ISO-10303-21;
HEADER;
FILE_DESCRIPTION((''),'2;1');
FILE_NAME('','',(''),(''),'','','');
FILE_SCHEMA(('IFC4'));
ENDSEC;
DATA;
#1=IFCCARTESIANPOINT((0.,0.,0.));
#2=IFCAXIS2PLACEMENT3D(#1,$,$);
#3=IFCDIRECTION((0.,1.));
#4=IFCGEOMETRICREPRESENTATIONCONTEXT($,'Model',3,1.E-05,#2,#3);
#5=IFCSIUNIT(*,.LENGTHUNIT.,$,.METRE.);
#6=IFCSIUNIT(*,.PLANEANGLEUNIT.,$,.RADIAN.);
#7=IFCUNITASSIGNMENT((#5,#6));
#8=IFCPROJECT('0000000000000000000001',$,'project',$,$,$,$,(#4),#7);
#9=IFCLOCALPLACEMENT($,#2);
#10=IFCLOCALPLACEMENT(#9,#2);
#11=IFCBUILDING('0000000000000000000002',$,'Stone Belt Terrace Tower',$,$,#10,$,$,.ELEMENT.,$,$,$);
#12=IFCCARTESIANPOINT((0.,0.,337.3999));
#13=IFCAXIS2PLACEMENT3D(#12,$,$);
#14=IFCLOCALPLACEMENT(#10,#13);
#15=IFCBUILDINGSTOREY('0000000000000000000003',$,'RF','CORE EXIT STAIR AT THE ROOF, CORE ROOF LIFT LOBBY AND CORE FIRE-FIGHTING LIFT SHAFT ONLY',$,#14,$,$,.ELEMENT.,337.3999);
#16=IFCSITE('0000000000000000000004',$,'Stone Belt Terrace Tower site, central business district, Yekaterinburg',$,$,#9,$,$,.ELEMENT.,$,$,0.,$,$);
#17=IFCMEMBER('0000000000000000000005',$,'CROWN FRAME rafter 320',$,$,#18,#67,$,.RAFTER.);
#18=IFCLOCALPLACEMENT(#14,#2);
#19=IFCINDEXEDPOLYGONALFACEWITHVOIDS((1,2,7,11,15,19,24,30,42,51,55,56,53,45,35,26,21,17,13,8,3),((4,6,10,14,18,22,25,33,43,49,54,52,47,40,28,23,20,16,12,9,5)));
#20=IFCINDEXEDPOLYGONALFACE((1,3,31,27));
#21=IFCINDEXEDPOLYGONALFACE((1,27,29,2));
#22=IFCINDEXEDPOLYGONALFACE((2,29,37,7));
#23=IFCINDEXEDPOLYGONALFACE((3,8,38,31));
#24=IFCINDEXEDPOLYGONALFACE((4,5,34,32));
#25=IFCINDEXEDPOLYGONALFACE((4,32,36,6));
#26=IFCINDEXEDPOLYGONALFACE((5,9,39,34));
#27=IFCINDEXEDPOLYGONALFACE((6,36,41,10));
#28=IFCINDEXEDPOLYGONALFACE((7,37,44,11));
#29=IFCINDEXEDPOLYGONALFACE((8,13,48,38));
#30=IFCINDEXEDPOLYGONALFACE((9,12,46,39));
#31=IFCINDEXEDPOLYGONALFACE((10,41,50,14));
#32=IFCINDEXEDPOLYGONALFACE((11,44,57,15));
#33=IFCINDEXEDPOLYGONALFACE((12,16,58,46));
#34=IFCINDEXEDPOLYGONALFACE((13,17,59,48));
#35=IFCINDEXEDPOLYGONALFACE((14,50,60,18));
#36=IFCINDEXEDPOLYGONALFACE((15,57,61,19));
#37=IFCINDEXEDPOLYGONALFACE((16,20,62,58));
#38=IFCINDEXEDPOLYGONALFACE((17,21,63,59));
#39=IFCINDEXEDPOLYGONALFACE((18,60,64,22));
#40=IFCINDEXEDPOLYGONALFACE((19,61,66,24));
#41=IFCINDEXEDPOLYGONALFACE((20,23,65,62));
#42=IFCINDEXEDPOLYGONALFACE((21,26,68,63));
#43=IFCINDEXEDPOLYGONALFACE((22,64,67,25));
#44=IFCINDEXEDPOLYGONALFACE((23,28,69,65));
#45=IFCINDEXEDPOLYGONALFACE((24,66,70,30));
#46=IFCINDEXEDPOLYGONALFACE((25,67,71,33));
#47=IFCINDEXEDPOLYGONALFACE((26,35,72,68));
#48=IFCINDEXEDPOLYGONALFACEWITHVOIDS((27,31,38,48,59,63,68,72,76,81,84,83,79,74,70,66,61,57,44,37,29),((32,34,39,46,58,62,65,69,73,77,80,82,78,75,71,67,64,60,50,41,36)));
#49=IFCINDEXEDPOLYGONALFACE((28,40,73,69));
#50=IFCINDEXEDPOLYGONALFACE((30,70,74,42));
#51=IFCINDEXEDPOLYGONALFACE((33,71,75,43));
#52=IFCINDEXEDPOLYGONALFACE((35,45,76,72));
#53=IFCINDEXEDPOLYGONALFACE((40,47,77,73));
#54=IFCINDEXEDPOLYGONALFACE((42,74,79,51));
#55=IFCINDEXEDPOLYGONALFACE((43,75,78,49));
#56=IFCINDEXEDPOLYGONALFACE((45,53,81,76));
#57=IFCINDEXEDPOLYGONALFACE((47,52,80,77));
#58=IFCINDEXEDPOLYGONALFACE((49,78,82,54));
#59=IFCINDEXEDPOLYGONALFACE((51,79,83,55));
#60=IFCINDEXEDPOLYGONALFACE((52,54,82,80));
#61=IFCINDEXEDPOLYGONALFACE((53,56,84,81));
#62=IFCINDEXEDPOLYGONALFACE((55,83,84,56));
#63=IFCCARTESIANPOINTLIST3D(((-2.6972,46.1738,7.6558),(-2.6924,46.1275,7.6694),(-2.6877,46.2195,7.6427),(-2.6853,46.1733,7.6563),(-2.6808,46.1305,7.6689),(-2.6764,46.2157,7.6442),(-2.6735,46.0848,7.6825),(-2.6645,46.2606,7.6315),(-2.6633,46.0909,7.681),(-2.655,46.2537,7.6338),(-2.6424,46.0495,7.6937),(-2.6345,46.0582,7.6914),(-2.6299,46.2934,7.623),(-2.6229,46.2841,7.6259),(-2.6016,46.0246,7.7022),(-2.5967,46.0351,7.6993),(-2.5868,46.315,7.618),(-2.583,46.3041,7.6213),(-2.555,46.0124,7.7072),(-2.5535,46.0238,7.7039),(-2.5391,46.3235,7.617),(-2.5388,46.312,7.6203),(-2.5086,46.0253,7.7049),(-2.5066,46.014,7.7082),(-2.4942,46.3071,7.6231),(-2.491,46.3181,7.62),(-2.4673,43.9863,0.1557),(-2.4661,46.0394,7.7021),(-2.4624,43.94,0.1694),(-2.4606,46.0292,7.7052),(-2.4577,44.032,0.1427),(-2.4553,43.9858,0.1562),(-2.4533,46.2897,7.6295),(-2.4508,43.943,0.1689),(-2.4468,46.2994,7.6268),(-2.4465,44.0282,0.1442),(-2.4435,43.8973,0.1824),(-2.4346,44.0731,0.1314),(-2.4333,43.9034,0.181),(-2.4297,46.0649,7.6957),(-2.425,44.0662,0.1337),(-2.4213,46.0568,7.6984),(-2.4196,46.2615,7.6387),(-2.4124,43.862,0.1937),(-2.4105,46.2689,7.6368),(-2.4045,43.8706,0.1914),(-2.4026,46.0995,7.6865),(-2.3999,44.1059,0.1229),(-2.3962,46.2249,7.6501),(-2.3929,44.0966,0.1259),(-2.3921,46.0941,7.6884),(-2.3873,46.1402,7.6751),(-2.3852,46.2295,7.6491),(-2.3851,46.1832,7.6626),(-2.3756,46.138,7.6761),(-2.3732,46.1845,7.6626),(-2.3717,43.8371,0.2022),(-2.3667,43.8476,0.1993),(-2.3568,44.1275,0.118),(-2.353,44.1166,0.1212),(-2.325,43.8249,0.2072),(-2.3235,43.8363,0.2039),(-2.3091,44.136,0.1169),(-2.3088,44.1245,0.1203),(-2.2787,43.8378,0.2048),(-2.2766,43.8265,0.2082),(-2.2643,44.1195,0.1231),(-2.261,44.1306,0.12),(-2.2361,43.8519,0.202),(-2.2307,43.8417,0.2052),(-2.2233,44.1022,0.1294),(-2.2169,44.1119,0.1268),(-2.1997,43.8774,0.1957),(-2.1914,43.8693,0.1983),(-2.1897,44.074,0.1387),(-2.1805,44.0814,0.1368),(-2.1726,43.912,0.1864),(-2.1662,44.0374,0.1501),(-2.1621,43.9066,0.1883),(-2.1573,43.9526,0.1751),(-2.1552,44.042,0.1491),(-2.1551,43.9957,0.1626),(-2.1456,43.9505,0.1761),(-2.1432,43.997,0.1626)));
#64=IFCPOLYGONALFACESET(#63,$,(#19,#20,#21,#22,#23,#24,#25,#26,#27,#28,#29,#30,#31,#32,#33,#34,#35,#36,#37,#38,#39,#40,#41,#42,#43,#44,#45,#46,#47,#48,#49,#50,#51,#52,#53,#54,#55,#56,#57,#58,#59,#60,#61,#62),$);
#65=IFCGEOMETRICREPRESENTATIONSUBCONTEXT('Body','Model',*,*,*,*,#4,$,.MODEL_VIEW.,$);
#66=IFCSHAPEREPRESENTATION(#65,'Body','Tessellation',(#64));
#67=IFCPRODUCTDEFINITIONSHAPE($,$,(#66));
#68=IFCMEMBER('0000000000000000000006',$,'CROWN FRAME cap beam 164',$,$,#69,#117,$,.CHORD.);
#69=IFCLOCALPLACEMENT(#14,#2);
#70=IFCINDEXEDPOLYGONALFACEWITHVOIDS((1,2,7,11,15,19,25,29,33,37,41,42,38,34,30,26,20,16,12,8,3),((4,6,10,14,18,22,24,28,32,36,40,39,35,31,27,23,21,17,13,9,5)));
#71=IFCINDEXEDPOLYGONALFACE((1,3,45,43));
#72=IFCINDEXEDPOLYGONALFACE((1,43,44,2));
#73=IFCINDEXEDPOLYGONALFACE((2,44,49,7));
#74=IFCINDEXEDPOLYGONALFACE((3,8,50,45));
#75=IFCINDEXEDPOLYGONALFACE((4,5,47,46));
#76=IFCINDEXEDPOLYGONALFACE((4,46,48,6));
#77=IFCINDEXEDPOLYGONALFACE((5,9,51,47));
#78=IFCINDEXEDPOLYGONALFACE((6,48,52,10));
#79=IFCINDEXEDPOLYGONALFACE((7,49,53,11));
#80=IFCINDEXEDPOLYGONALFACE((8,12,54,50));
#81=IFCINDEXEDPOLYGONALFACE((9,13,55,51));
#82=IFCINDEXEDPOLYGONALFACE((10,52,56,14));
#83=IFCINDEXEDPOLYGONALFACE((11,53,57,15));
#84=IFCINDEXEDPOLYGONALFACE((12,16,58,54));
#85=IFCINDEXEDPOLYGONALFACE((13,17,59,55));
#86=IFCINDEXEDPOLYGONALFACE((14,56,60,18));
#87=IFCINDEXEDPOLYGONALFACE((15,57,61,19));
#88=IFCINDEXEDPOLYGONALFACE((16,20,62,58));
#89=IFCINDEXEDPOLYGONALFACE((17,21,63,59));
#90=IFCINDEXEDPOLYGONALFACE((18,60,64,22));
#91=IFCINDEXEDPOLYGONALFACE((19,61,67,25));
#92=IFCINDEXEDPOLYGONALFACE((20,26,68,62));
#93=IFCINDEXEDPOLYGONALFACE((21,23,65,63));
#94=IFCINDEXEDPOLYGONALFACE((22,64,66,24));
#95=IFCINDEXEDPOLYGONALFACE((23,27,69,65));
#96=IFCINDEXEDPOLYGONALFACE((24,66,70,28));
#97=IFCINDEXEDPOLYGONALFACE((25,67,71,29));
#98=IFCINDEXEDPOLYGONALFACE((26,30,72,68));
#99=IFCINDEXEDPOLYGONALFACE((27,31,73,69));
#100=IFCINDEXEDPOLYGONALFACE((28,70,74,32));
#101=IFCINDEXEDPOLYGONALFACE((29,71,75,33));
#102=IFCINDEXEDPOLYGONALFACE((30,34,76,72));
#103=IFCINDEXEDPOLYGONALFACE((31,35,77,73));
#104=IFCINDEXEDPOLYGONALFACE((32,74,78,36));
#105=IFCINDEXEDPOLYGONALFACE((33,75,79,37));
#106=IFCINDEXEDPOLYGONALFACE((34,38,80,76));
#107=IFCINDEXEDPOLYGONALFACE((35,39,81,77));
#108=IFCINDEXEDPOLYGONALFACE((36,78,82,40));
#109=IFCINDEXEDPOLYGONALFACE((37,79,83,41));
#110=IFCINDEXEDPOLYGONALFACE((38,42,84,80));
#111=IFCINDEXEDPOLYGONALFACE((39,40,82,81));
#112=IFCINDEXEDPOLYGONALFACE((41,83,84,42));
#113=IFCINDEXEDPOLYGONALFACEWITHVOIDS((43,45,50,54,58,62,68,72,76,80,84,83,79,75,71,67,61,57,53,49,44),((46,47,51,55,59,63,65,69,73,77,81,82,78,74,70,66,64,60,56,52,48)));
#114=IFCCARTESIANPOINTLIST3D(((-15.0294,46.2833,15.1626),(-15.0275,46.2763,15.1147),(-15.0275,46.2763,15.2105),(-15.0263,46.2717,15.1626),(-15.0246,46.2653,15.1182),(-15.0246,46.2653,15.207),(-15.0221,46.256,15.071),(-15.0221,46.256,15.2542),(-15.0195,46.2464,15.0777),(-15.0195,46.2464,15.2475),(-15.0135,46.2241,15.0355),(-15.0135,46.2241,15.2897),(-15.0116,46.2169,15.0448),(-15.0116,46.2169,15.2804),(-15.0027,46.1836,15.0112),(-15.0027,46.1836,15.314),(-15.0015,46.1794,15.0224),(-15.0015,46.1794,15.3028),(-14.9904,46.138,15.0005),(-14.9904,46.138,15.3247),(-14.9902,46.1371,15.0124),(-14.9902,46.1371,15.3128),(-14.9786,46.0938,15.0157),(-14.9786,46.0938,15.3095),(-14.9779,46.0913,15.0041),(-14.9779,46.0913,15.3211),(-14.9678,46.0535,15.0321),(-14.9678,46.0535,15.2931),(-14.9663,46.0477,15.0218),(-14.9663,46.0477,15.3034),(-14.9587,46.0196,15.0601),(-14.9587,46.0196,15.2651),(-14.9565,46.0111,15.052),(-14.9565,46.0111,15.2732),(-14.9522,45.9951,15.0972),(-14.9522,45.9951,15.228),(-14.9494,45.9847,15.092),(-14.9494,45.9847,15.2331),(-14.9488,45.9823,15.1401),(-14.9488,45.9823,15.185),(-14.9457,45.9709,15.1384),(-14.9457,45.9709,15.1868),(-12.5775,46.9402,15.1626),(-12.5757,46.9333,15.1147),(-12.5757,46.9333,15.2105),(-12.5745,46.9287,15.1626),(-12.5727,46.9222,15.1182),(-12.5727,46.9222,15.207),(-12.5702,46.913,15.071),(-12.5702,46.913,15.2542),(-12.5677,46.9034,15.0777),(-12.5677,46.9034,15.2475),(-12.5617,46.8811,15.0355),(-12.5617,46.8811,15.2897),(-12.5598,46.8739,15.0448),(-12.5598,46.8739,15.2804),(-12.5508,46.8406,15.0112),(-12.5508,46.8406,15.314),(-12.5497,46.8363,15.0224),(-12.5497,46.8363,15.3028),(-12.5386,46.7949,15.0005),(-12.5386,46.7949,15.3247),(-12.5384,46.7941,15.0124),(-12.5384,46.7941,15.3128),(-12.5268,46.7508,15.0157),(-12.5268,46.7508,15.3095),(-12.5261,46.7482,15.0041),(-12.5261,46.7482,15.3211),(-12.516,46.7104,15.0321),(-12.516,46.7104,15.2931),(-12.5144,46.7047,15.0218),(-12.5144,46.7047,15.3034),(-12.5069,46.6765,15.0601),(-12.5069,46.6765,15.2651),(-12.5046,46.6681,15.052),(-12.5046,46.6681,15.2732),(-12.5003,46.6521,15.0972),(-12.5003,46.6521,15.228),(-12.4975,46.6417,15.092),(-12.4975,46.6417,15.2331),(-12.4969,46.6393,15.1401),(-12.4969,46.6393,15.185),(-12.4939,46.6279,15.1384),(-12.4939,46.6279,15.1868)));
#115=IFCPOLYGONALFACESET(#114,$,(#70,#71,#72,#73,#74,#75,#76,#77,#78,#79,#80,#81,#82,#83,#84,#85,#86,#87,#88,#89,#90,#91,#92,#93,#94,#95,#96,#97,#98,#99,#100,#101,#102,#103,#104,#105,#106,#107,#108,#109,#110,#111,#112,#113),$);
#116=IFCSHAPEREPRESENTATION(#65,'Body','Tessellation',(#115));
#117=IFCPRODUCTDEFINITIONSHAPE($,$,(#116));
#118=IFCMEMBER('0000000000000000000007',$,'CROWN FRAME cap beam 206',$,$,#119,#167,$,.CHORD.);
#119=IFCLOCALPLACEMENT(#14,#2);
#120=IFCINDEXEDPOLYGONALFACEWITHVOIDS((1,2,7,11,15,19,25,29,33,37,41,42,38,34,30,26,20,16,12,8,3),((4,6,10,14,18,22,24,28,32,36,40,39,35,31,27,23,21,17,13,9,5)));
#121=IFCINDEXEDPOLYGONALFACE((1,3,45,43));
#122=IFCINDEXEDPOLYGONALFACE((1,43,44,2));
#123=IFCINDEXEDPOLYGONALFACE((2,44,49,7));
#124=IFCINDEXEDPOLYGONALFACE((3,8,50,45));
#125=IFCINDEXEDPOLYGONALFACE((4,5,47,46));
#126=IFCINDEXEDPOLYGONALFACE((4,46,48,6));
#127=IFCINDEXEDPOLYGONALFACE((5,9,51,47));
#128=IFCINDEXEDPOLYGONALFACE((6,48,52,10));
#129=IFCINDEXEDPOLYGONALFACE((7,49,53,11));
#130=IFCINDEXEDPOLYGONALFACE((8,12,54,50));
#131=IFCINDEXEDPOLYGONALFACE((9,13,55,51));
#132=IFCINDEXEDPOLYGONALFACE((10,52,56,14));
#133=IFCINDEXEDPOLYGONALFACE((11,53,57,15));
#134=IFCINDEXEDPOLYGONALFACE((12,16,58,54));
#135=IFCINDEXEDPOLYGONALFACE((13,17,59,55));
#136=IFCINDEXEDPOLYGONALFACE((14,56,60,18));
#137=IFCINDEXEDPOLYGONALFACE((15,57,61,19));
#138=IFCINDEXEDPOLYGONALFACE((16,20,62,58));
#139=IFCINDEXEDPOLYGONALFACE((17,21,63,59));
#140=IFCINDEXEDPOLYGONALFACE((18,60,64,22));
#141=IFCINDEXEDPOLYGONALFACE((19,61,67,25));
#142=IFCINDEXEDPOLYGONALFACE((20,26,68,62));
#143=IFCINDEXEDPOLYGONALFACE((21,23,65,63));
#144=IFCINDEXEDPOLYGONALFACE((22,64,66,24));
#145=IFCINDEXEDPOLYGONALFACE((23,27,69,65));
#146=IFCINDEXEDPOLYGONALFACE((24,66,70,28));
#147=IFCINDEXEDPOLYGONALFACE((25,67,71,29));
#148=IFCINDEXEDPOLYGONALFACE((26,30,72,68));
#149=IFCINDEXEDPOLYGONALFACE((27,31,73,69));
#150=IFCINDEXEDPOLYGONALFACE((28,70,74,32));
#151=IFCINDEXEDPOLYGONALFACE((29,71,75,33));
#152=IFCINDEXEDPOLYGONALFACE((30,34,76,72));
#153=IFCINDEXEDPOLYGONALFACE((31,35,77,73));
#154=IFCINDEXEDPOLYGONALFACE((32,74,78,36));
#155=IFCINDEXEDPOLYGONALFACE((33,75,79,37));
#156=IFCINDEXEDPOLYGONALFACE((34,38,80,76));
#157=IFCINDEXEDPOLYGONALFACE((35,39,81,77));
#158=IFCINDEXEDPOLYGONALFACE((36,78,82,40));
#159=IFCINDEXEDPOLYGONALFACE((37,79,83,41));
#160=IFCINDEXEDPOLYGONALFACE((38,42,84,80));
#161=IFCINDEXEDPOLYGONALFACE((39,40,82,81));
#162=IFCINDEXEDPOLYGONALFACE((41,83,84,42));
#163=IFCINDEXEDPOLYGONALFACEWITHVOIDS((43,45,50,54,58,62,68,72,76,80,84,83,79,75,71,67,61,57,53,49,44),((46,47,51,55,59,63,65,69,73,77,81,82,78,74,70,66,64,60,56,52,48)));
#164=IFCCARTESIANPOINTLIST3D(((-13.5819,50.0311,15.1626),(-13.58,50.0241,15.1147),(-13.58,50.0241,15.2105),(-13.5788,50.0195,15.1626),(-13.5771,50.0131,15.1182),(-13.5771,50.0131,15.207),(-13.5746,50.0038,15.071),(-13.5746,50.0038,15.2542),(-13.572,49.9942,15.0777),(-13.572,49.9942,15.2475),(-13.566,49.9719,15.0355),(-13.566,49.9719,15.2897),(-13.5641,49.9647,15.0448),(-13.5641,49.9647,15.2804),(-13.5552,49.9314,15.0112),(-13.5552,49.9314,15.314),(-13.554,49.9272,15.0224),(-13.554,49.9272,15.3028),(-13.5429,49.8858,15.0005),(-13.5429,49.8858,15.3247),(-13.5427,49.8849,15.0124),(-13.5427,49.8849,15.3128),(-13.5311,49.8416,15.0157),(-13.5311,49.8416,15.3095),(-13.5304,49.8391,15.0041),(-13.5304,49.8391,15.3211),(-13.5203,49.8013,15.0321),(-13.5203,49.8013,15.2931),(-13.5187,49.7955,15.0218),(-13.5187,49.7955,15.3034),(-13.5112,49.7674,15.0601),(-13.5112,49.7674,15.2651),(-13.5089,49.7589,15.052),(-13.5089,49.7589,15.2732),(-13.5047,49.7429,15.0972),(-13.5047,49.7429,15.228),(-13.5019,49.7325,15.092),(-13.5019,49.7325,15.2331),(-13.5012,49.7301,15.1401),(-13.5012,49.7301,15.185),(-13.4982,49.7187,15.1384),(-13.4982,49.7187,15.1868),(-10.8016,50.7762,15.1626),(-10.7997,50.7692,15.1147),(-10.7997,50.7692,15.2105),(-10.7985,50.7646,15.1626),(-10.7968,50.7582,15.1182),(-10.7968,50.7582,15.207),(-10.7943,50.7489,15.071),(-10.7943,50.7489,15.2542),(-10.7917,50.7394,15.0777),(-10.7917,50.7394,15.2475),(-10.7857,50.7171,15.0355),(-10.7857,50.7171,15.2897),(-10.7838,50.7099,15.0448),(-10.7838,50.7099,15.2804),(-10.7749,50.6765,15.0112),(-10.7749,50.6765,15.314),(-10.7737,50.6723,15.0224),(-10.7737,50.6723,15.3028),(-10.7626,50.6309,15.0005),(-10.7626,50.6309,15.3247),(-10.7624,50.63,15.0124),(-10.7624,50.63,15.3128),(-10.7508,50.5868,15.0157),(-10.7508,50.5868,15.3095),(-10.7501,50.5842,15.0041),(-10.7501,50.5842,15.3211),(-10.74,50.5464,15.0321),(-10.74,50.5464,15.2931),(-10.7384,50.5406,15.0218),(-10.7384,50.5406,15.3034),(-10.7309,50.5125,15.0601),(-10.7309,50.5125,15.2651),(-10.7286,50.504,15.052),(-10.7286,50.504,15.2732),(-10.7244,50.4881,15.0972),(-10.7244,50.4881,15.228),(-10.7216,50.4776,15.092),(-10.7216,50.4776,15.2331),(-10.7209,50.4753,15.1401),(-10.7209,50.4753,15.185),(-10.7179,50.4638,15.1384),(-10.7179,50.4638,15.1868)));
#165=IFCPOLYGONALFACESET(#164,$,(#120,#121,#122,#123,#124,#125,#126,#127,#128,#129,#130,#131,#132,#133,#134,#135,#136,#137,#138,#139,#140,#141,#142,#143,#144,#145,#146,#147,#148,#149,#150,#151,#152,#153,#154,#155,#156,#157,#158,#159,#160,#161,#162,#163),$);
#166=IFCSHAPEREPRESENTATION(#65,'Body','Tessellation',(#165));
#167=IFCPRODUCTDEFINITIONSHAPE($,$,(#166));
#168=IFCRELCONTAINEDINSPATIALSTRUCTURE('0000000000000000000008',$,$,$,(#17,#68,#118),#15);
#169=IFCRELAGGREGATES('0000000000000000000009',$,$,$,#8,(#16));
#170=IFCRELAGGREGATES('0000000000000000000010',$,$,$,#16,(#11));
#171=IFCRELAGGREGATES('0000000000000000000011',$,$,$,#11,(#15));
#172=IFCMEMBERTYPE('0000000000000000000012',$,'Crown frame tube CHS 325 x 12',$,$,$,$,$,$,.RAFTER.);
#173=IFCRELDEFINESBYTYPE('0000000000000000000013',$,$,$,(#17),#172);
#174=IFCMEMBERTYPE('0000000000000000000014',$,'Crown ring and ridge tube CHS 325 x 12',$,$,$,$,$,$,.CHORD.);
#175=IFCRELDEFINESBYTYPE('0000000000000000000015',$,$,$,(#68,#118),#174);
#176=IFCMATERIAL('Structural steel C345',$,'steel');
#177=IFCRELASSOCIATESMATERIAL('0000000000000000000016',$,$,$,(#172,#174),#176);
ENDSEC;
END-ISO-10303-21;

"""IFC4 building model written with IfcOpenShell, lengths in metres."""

from ifc_helpers import new_model, si_unit, direction, frame, origin, origin_2d, place, context, subcontext, project, spatial, hollow_circle, extrude, material, material_profile, profile_set, type_object, element, save


model = new_model("IFC4")

# Units and contexts
model_context = context("Model", 3, precision=1e-05, world=origin(), true_north=direction((0.0, 1.0)))
body_context = subcontext(model_context, "Body", "Model", "MODEL_VIEW")
ifc_project = project(units=[si_unit("LENGTHUNIT", "METRE"), si_unit("PLANEANGLEUNIT", "RADIAN")], contexts=[model_context])

# Site, building, storey
site_placement = place(None, origin())
site = spatial("IfcSite", under=ifc_project, at=site_placement, Name="Stone Belt Terrace Tower site, central business district, Yekaterinburg", CompositionType="ELEMENT", RefElevation=0.0)
building_placement = place(site_placement, origin())
building = spatial("IfcBuilding", under=site, at=building_placement, Name="Stone Belt Terrace Tower", CompositionType="ELEMENT")
storey_placement = place(building_placement, frame((0.0, 0.0, 337.3999)))
storey = spatial("IfcBuildingStorey", under=building, at=storey_placement, Name="RF", Description="CORE EXIT STAIR AT THE ROOF, CORE ROOF LIFT LOBBY AND CORE FIRE-FIGHTING LIFT SHAFT ONLY", CompositionType="ELEMENT", Elevation=337.3999)

# Members
ifc_material_1 = material(Name="Structural steel C345", Category="steel")
ifc_material_profile_1 = material_profile(ifc_material_1, hollow_circle(Radius=0.1626, WallThickness=0.012, at=origin_2d()), Name="Structural steel C345 CHS 325x12")
ifc_profile_set_1 = profile_set([ifc_material_profile_1], Name="Structural steel C345")
member_type_1 = type_object("IfcMemberType", Name="Crown frame tube CHS 325 x 12", PredefinedType="RAFTER", material=ifc_profile_set_1)
member_1_placement = place(storey_placement, frame((-2.5349, 46.1675, 7.6626), z_axis=(0.029425, -0.279879, -0.959584), x_axis=(0.994519, 0.104558, 0.0)))
element("IfcMember", 1, at=member_1_placement, inside=storey, type_object=member_type_1, Name="CROWN FRAME rafter 320", PredefinedType="RAFTER", context=body_context, shape_type="SweptSolid", body=[
    extrude(hollow_circle(Radius=0.1626, WallThickness=0.012, at=origin_2d()), origin(), (0.0, 0.0, 1.0), 7.8159),
])
ifc_material_profile_2 = material_profile(ifc_material_1, hollow_circle(Radius=0.1626, WallThickness=0.012, at=origin_2d()), Name="Structural steel C345 CHS 325x12")
ifc_profile_set_2 = profile_set([ifc_material_profile_2], Name="Structural steel C345")
member_type_2 = type_object("IfcMemberType", Name="Crown ring and ridge tube CHS 325 x 12", PredefinedType="CHORD", material=ifc_profile_set_2)
member_2_placement = place(storey_placement, frame((-14.9873, 46.1262, 15.1626), z_axis=(0.965926, 0.258818, 0.0), x_axis=(-0.258818, 0.965926, 0.0)))
element("IfcMember", 2, at=member_2_placement, inside=storey, type_object=member_type_2, Name="CROWN FRAME cap beam 164", PredefinedType="CHORD", context=body_context, shape_type="SweptSolid", body=[
    extrude(hollow_circle(Radius=0.1626, WallThickness=0.012, at=origin_2d()), origin(), (0.0, 0.0, 1.0), 2.5383),
])
member_3_placement = place(storey_placement, frame((-13.5398, 49.874, 15.1626), z_axis=(0.965913, 0.258866, 0.0), x_axis=(-0.258866, 0.965913, 0.0)))
element("IfcMember", 3, at=member_3_placement, inside=storey, type_object=member_type_2, Name="CROWN FRAME cap beam 206", PredefinedType="CHORD", context=body_context, shape_type="SweptSolid", body=[
    extrude(hollow_circle(Radius=0.1626, WallThickness=0.012, at=origin_2d()), origin(), (0.0, 0.0, 1.0), 2.8784),
])

save(model, "model.ifc")
